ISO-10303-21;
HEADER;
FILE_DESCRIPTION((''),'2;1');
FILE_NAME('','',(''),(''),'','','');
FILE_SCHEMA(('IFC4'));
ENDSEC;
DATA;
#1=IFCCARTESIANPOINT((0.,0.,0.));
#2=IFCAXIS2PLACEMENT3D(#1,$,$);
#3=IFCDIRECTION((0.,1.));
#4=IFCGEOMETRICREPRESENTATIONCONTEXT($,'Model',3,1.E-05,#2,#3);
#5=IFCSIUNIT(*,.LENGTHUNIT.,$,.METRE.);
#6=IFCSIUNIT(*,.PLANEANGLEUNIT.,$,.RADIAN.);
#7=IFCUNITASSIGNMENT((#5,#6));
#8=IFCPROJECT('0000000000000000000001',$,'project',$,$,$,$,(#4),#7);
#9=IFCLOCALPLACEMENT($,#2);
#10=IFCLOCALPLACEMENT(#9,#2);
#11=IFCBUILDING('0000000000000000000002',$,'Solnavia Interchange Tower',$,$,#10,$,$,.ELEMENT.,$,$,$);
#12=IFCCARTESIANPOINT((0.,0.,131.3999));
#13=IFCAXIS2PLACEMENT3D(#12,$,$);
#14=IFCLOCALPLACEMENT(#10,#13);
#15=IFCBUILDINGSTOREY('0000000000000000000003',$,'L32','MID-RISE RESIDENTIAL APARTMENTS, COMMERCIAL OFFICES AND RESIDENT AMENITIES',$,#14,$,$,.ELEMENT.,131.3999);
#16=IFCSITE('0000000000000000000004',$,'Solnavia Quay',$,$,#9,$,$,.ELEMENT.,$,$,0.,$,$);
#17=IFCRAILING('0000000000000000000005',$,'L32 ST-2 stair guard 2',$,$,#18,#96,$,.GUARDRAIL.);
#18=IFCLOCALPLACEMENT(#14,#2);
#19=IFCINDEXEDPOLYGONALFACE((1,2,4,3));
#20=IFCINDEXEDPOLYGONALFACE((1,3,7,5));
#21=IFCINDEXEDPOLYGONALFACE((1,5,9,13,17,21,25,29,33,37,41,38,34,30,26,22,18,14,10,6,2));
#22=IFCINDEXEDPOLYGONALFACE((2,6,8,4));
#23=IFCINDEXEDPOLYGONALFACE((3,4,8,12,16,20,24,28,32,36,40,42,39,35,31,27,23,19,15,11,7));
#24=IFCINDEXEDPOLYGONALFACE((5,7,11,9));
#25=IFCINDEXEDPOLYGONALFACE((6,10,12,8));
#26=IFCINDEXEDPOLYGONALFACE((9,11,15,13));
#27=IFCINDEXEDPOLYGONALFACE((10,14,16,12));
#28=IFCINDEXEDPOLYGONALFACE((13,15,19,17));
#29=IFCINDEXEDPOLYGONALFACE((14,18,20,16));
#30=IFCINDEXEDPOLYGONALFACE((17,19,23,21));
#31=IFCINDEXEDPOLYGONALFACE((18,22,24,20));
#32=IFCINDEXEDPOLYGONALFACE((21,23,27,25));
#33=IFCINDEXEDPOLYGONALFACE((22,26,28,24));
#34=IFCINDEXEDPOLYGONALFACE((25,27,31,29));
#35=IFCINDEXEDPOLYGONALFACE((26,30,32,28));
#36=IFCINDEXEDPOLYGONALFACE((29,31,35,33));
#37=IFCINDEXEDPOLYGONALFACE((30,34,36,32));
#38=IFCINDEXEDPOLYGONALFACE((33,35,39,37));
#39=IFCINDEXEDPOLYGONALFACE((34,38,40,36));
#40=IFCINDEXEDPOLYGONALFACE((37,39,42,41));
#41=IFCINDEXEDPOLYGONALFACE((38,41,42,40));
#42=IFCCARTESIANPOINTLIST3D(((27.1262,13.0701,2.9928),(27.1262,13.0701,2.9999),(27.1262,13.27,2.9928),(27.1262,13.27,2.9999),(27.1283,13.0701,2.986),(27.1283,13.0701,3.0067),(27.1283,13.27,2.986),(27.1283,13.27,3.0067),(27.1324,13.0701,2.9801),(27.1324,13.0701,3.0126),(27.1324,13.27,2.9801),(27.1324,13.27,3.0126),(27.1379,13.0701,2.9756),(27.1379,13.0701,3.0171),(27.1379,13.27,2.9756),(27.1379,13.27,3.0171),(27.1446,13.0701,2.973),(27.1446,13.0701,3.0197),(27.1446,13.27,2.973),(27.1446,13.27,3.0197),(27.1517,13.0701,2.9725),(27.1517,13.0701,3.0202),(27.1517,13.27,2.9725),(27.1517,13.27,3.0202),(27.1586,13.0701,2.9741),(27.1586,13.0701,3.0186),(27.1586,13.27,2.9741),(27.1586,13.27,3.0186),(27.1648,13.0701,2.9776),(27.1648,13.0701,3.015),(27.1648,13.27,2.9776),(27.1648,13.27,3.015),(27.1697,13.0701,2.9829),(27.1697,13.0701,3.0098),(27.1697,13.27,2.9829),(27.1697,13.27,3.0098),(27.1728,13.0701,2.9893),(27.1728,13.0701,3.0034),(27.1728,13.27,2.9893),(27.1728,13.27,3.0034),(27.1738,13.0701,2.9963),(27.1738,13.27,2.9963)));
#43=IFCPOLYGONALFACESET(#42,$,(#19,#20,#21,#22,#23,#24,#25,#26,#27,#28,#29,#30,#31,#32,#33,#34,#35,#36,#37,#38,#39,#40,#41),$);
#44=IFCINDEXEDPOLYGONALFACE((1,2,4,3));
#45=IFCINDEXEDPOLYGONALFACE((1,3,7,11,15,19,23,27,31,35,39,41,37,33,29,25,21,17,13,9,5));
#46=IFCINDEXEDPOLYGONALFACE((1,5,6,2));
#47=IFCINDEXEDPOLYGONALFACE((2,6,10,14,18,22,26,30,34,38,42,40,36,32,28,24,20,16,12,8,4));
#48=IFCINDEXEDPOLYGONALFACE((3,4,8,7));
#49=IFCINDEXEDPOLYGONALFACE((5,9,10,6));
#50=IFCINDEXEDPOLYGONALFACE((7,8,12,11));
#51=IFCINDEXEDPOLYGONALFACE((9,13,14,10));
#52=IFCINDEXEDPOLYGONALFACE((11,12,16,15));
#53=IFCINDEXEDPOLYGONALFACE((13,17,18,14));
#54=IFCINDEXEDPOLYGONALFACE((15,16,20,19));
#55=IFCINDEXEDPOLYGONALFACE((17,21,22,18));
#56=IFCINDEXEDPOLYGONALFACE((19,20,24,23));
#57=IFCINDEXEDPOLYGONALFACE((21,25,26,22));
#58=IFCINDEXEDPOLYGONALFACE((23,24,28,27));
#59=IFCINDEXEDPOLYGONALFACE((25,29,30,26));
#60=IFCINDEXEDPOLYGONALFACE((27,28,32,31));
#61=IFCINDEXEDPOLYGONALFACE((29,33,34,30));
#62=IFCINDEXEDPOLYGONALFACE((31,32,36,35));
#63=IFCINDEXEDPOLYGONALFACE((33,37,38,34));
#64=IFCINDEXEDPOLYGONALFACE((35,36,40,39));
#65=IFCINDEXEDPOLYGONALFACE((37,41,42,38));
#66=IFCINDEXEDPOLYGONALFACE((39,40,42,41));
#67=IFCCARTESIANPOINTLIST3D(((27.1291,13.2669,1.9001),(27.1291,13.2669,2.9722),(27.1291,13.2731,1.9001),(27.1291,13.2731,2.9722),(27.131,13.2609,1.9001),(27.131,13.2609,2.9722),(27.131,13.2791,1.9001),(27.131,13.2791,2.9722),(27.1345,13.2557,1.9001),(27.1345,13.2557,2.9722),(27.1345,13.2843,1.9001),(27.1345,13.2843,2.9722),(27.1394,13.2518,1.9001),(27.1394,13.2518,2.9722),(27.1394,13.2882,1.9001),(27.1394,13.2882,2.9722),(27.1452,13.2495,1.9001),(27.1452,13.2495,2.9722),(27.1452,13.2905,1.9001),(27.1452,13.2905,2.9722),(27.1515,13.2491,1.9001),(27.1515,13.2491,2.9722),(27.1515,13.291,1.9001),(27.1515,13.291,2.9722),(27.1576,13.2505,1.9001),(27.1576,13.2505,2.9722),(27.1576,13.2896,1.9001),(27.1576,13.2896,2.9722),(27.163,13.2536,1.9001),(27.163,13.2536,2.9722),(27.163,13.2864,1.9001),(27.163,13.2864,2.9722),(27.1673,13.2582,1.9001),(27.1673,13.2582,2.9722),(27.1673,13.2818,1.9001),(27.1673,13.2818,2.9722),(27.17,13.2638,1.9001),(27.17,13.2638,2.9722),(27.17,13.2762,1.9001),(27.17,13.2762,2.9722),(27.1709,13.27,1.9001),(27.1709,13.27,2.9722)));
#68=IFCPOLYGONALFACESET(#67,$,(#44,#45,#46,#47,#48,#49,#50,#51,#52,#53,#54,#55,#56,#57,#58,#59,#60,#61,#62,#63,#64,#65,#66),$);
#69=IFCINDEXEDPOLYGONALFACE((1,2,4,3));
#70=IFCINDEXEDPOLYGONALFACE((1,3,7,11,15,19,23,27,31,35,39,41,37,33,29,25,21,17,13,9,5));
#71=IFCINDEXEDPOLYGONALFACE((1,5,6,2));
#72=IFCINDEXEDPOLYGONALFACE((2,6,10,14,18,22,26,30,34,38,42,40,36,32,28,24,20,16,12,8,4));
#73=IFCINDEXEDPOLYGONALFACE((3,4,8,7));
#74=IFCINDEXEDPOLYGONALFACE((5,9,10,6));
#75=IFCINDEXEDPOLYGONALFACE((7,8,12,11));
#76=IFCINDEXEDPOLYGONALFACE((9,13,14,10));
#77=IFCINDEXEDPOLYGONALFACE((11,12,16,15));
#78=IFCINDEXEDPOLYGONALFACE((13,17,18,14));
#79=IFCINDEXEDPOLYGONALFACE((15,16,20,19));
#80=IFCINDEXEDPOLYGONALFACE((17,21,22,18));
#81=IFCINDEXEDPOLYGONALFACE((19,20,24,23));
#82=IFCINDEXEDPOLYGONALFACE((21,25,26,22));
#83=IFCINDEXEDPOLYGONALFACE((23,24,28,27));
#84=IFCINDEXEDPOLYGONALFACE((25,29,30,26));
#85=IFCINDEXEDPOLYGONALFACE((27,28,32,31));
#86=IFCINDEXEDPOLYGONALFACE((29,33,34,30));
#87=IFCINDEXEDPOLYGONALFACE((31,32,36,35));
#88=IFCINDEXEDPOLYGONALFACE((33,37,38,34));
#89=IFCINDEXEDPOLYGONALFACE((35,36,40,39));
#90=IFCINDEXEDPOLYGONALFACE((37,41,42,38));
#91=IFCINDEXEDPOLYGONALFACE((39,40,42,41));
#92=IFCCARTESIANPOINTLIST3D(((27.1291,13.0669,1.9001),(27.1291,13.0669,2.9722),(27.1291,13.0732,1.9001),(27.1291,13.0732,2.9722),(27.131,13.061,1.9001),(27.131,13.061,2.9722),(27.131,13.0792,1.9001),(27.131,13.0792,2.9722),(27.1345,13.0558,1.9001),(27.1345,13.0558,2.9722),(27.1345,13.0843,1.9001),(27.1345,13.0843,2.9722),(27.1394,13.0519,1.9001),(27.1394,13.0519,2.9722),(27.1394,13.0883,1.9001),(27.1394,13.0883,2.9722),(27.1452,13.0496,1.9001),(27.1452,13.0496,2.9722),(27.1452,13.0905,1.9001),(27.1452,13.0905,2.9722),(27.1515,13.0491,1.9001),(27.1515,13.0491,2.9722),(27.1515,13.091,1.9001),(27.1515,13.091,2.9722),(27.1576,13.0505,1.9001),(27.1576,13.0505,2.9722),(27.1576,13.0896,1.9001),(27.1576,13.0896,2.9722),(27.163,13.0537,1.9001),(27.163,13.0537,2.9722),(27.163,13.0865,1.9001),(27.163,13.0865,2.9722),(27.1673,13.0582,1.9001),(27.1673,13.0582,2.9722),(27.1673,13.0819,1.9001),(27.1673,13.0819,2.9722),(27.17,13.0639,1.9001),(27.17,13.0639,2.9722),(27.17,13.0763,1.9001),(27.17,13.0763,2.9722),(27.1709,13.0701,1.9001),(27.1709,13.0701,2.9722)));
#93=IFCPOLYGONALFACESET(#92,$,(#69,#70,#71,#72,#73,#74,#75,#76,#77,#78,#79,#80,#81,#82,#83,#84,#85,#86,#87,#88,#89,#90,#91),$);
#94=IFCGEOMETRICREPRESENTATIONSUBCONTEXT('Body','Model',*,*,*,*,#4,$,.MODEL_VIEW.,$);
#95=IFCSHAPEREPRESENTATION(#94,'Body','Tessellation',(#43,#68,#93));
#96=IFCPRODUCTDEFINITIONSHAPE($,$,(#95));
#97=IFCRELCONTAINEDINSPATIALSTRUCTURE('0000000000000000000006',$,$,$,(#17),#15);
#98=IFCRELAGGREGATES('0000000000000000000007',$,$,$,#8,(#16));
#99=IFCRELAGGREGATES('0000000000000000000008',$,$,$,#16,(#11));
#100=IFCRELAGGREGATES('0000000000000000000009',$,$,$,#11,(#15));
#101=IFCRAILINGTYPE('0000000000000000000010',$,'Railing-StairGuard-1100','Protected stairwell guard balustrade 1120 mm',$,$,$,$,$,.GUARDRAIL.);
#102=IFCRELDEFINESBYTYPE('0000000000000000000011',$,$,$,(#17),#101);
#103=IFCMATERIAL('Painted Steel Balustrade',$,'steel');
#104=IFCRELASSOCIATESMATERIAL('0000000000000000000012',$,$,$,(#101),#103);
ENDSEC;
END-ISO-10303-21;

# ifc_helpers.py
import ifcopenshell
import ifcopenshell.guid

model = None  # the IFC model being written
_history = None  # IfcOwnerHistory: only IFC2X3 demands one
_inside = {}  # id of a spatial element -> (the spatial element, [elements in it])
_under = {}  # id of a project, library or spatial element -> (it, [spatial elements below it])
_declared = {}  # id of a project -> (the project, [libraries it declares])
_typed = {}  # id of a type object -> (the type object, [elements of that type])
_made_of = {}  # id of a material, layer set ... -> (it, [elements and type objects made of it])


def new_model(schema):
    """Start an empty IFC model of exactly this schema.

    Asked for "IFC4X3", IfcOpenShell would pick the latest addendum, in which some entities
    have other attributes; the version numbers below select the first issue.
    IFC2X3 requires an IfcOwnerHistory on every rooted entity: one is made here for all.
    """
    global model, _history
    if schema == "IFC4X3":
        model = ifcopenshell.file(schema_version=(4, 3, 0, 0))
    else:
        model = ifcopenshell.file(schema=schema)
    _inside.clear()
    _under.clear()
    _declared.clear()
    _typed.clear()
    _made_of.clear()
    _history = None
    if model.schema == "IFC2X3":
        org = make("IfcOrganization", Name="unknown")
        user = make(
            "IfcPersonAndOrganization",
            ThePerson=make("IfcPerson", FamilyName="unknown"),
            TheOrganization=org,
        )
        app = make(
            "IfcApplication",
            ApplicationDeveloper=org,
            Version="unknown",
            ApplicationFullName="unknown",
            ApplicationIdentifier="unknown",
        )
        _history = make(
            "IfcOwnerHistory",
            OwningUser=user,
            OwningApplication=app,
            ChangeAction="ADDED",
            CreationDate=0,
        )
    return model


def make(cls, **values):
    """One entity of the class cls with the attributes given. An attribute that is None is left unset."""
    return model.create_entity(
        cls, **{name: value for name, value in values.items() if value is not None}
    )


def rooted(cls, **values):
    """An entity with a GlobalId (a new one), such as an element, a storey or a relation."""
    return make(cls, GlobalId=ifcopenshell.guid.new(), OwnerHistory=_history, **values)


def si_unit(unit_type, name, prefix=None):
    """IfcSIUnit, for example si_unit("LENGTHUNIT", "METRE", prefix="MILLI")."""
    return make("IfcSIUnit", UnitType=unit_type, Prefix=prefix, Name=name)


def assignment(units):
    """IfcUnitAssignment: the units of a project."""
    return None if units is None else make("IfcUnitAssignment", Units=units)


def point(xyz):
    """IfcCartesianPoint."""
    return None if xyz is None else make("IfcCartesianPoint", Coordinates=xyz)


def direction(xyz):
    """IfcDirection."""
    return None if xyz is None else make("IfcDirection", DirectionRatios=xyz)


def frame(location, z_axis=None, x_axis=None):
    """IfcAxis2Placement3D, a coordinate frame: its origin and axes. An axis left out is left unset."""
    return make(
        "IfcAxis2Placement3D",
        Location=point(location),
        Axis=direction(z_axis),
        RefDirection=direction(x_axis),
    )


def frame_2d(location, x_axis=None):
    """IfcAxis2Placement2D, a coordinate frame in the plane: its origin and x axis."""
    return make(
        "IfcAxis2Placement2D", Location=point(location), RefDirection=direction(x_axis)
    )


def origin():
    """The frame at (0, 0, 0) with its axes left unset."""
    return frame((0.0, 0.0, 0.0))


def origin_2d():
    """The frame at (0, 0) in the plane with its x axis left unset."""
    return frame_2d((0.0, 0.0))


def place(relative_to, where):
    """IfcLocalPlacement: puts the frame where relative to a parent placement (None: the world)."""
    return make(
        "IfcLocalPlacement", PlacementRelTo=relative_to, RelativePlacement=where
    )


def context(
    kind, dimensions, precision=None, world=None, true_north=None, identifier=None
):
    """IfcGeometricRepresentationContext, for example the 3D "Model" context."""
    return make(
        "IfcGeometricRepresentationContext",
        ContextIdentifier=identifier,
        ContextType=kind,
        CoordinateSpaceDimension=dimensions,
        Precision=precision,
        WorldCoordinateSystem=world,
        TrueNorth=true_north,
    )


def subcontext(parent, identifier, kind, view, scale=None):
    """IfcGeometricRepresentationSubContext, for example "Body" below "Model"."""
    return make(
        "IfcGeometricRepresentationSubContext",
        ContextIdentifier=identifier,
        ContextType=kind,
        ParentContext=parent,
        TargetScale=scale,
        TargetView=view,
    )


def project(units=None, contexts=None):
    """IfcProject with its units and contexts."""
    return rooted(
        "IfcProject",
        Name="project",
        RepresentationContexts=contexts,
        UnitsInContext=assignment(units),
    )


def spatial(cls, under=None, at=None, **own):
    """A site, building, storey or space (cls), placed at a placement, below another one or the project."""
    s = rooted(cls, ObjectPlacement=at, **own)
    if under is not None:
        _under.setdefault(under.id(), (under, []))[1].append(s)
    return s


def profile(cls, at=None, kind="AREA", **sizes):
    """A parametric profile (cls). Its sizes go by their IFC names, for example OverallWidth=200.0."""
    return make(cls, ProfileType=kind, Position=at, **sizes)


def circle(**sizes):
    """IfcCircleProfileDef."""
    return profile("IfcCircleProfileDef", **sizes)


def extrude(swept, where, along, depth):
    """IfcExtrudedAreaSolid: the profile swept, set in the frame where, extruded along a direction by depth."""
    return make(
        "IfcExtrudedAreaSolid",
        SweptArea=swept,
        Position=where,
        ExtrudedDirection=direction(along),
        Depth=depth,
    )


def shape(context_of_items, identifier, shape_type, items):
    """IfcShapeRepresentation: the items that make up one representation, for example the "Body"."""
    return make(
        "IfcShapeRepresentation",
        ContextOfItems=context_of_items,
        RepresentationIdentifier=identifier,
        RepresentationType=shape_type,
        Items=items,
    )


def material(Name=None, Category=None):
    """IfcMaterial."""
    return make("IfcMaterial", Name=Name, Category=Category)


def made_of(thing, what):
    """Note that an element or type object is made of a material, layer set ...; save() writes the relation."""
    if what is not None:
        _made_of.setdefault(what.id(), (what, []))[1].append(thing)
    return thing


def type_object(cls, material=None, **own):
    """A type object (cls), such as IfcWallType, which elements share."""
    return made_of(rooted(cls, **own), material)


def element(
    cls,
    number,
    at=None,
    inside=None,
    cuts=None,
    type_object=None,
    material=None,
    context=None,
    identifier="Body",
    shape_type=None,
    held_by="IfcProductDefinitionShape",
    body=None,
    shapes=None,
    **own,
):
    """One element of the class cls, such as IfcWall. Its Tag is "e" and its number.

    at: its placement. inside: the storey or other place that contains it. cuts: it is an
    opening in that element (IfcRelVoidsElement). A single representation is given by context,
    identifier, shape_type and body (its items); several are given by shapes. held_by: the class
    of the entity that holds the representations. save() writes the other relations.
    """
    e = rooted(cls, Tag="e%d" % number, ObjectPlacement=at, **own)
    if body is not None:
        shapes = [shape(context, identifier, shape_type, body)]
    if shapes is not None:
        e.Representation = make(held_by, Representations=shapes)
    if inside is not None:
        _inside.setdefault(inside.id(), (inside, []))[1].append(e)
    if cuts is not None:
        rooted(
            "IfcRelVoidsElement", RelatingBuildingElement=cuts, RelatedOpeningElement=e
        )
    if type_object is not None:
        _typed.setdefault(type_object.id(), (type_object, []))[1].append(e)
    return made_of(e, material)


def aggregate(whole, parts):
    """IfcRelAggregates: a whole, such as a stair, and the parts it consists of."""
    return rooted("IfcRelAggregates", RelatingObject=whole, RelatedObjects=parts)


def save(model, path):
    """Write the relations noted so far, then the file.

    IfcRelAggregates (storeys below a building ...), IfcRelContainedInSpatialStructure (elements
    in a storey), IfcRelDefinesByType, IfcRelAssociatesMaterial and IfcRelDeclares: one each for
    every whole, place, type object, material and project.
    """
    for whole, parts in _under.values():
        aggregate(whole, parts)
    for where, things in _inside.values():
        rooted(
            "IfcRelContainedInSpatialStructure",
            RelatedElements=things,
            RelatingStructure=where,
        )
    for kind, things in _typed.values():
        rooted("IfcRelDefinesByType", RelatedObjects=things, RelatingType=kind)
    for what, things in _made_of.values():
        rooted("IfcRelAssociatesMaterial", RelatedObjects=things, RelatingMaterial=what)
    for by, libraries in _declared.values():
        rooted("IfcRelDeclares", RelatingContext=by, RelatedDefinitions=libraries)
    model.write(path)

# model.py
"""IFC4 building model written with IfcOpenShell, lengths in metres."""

from ifc_helpers import new_model, si_unit, direction, frame, origin, origin_2d, place, context, subcontext, project, spatial, circle, extrude, material, type_object, element, save


model = new_model("IFC4")

# Units and contexts
model_context = context("Model", 3, precision=1e-05, world=origin(), true_north=direction((0.0, 1.0)))
body_context = subcontext(model_context, "Body", "Model", "MODEL_VIEW")
ifc_project = project(units=[si_unit("LENGTHUNIT", "METRE"), si_unit("PLANEANGLEUNIT", "RADIAN")], contexts=[model_context])

# Site, building, storey
site_placement = place(None, origin())
site = spatial("IfcSite", under=ifc_project, at=site_placement, Name="Solnavia Quay", CompositionType="ELEMENT", RefElevation=0.0)
building_placement = place(site_placement, origin())
building = spatial("IfcBuilding", under=site, at=building_placement, Name="Solnavia Interchange Tower", CompositionType="ELEMENT")
storey_placement = place(building_placement, frame((0.0, 0.0, 131.3999)))
storey = spatial("IfcBuildingStorey", under=building, at=storey_placement, Name="L32", Description="MID-RISE RESIDENTIAL APARTMENTS, COMMERCIAL OFFICES AND RESIDENT AMENITIES", CompositionType="ELEMENT", Elevation=131.3999)

# Railing
ifc_material_1 = material(Name="Painted Steel Balustrade", Category="steel")
railing_type_1 = type_object("IfcRailingType", Name="Railing-StairGuard-1100", Description="Protected stairwell guard balustrade 1120 mm", PredefinedType="GUARDRAIL", material=ifc_material_1)
railing_1_placement = place(storey_placement, frame((27.1499, 13.27, 1.9001)))
element("IfcRailing", 1, at=railing_1_placement, inside=storey, type_object=railing_type_1, Name="L32 ST-2 stair guard 2", PredefinedType="GUARDRAIL", context=body_context, shape_type="SweptSolid", body=[
    extrude(circle(Radius=0.0239, at=origin_2d()), frame((0.0, 0.0, 1.0962), z_axis=(0.0, -1.0, 0.0), x_axis=(1.0, 0.0, 0.0)), (0.0, 0.0, 1.0), 0.2),
    extrude(circle(Radius=0.021, at=origin_2d()), origin(), (0.0, 0.0, 1.0), 1.072),
    extrude(circle(Radius=0.021, at=origin_2d()), frame((0.0, -0.2, 0.0)), (0.0, 0.0, 1.0), 1.072),
])

save(model, "model.ifc")
